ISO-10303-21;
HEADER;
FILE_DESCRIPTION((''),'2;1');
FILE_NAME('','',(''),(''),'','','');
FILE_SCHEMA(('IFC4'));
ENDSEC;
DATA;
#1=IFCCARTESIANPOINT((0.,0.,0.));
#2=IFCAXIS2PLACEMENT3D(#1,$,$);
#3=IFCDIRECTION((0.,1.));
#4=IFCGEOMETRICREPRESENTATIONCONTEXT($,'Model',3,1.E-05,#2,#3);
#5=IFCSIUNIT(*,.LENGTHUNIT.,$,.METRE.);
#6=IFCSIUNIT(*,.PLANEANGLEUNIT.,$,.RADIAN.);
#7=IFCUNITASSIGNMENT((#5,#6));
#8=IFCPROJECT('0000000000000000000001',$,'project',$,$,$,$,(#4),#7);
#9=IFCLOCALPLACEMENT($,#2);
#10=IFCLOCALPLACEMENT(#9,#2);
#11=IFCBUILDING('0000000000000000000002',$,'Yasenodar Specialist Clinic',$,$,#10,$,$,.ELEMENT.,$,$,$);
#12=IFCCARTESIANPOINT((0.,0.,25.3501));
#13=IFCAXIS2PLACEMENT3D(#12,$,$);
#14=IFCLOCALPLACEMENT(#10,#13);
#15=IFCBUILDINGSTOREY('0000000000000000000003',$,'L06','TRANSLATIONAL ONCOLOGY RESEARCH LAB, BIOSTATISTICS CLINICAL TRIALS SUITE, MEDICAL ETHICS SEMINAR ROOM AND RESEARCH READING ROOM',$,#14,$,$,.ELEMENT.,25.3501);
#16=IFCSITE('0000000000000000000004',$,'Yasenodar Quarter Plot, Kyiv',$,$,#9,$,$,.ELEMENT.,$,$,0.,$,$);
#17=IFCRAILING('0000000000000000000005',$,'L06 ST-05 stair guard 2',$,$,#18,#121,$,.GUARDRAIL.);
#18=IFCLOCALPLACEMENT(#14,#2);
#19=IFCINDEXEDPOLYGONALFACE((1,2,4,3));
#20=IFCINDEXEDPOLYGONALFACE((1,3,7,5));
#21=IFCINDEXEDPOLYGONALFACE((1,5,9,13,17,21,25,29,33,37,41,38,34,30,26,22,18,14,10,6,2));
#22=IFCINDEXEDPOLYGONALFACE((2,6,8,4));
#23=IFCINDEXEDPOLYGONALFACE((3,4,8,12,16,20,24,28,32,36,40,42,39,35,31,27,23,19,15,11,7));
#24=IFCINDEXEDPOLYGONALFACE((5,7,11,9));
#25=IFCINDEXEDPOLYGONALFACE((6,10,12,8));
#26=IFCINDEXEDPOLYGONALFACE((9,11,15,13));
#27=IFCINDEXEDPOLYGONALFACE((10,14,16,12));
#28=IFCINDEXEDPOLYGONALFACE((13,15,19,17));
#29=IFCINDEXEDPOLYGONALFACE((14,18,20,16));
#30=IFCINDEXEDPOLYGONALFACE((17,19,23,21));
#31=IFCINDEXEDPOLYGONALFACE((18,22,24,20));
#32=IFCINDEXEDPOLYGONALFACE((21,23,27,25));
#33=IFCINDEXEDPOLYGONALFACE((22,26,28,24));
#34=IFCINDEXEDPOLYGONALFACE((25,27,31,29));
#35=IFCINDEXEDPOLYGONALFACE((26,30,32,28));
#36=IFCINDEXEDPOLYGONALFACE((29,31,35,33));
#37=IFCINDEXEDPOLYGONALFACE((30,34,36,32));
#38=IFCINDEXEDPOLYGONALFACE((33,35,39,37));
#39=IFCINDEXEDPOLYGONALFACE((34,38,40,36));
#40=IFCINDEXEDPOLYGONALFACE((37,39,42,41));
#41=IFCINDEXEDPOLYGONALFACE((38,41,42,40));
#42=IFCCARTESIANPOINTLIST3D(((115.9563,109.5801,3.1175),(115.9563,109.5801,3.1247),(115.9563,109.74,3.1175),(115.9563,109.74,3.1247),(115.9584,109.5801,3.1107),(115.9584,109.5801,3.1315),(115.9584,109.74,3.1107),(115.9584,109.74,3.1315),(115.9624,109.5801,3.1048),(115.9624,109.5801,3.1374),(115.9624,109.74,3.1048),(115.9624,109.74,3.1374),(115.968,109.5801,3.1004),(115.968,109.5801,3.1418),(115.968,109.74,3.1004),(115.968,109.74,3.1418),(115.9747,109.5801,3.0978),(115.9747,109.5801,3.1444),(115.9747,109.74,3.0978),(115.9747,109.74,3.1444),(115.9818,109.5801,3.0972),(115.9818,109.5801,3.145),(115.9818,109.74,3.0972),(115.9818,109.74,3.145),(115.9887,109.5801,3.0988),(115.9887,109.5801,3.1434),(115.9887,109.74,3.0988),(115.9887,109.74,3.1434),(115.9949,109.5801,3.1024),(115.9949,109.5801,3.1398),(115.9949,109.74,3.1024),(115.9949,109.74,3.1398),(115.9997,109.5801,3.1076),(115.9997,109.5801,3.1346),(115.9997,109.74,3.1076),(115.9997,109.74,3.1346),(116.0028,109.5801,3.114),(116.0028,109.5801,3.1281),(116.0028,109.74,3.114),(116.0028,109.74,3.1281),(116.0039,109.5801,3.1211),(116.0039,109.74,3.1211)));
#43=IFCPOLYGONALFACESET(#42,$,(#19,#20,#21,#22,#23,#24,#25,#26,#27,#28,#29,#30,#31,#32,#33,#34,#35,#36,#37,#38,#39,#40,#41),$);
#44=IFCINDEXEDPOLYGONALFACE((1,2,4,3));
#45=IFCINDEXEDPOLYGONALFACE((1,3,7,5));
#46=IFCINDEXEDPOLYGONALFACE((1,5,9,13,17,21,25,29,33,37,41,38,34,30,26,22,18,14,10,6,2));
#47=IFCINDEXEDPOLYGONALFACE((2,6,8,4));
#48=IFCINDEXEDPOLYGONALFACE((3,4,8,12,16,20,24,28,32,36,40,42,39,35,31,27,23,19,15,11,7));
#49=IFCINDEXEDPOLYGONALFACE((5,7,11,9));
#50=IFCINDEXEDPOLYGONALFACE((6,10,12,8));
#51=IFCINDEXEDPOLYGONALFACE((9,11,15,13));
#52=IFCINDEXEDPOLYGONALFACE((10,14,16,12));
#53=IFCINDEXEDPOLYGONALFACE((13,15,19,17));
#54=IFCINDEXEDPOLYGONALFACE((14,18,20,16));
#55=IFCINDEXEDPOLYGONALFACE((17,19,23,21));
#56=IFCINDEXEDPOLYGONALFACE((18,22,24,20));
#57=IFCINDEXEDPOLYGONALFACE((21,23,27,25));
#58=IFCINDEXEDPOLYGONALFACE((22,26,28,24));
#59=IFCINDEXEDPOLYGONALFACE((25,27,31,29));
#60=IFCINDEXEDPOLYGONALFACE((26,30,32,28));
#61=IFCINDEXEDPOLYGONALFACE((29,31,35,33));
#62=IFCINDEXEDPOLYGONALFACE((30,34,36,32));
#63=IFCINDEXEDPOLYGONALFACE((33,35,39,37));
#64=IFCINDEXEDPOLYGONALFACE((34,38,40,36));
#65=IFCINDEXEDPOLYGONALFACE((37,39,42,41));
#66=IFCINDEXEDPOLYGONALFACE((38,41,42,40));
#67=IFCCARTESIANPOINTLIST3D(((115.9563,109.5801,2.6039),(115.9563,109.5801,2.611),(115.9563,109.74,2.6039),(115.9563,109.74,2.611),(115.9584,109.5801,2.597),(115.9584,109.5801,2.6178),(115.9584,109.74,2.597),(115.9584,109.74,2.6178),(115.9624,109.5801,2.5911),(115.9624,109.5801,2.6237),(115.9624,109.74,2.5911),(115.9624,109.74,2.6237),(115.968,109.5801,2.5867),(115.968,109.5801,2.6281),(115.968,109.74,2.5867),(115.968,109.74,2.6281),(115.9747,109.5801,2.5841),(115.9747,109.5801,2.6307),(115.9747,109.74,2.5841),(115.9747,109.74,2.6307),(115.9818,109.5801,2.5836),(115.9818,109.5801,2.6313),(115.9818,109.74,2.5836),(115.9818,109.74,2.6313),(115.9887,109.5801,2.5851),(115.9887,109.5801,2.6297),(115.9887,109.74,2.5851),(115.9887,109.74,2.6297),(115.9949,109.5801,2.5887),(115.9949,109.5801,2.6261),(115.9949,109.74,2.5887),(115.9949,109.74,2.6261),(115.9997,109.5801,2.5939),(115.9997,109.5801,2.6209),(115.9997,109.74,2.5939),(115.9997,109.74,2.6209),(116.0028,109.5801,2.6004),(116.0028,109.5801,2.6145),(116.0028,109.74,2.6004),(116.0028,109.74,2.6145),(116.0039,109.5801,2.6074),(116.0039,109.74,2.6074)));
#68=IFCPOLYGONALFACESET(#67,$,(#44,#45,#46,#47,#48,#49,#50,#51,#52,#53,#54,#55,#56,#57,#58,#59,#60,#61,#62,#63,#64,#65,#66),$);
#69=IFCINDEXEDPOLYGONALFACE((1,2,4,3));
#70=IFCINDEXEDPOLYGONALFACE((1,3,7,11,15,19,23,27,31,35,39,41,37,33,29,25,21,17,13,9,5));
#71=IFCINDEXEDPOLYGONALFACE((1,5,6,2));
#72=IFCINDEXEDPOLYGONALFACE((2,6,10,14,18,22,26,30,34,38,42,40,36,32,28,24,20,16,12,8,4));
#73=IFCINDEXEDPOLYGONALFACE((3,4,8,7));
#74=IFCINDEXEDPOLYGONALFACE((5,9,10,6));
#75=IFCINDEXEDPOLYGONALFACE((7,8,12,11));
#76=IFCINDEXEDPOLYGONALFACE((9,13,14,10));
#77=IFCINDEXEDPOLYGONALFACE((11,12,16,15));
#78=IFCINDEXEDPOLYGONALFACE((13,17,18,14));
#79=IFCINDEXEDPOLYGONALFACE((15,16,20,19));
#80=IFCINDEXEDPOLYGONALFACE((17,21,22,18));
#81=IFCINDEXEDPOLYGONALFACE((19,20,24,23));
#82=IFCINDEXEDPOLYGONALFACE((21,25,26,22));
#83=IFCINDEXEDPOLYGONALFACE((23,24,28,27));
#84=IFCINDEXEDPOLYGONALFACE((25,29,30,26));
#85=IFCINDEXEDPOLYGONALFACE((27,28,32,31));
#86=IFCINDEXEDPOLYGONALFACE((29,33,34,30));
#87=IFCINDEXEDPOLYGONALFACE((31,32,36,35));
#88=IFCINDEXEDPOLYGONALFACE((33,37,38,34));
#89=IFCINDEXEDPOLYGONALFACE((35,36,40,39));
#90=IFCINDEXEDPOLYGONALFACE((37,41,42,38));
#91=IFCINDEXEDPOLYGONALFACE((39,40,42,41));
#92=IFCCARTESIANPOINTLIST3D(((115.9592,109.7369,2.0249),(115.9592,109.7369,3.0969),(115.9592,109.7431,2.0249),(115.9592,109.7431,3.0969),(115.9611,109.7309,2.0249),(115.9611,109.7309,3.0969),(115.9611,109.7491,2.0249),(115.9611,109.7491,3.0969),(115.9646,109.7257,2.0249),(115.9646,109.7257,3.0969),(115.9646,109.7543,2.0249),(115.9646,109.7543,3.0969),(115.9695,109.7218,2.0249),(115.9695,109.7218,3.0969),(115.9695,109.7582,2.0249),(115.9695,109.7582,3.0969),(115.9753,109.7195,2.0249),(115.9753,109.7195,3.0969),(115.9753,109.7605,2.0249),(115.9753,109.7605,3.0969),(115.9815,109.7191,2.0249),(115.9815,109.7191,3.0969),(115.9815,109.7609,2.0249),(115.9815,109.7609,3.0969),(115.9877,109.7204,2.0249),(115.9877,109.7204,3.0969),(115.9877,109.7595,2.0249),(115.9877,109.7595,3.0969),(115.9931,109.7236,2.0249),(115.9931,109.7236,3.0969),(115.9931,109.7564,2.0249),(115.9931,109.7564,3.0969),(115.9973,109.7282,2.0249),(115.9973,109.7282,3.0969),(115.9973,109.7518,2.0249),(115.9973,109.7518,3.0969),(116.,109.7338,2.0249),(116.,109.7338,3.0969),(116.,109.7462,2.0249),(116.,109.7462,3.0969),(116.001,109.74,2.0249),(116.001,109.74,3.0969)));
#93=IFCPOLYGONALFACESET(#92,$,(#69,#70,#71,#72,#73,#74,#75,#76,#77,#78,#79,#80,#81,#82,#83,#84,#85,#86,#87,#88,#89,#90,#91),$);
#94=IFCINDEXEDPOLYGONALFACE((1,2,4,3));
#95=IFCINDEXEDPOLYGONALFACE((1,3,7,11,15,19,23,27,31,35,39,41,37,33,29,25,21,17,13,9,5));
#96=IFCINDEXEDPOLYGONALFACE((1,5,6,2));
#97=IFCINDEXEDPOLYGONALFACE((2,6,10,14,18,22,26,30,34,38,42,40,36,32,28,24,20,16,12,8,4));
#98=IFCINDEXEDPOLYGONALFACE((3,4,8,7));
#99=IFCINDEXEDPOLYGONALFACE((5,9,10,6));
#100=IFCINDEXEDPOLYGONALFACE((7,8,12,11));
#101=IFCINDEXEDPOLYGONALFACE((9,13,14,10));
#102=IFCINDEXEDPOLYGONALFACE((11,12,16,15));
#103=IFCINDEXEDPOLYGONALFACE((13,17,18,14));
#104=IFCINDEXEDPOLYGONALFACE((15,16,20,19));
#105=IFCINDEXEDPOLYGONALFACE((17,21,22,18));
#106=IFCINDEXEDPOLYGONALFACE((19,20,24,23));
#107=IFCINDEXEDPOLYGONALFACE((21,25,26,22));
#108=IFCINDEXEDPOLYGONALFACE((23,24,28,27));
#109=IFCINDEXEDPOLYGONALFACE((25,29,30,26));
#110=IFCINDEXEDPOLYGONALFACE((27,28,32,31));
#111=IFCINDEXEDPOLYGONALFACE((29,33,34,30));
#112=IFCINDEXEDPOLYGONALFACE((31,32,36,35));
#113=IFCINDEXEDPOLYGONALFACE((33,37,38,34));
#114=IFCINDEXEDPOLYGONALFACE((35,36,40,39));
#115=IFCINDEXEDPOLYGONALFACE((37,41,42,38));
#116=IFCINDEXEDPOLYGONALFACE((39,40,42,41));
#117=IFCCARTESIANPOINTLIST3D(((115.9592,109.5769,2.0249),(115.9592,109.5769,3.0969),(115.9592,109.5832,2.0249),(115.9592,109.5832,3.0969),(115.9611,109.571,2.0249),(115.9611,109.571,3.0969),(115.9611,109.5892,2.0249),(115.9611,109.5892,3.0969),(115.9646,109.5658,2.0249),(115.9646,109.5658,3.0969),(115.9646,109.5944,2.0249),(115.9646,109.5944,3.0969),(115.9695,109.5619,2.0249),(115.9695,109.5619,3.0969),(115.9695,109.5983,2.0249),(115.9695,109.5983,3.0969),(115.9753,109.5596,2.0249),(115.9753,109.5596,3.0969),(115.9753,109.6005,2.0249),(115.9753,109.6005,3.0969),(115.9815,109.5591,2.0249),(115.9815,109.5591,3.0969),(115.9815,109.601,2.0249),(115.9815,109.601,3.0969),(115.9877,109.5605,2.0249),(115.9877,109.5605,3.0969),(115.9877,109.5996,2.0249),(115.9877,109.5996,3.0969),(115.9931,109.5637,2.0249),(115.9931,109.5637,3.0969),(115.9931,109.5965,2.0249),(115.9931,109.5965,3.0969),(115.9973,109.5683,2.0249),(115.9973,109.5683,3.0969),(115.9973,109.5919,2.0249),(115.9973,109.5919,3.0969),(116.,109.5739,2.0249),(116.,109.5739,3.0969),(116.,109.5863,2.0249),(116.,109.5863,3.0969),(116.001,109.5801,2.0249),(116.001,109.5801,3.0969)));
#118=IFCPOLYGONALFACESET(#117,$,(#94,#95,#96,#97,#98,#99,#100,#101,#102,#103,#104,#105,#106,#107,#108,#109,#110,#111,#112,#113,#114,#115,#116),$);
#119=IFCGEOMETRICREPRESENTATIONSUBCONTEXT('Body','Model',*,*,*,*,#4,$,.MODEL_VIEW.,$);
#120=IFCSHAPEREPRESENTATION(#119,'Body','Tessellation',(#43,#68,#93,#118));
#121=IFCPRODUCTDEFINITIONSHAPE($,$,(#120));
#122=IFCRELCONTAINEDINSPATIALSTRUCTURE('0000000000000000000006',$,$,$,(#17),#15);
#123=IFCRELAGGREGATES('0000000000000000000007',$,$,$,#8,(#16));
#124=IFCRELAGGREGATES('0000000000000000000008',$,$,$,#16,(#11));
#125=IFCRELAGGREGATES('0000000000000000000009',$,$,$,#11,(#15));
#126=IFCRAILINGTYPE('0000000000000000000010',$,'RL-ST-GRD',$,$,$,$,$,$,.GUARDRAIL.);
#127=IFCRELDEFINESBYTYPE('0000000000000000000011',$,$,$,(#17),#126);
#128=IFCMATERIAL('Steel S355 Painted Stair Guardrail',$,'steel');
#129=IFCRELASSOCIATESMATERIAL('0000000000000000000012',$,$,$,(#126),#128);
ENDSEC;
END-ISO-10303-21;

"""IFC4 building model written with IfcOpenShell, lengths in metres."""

from ifc_helpers import new_model, si_unit, direction, frame, origin, origin_2d, place, context, subcontext, project, spatial, circle, extrude, material, type_object, element, save


model = new_model("IFC4")

# Units and contexts
model_context = context("Model", 3, precision=1e-05, world=origin(), true_north=direction((0.0, 1.0)))
body_context = subcontext(model_context, "Body", "Model", "MODEL_VIEW")
ifc_project = project(units=[si_unit("LENGTHUNIT", "METRE"), si_unit("PLANEANGLEUNIT", "RADIAN")], contexts=[model_context])

# Site, building, storey
site_placement = place(None, origin())
site = spatial("IfcSite", under=ifc_project, at=site_placement, Name="Yasenodar Quarter Plot, Kyiv", CompositionType="ELEMENT", RefElevation=0.0)
building_placement = place(site_placement, origin())
building = spatial("IfcBuilding", under=site, at=building_placement, Name="Yasenodar Specialist Clinic", CompositionType="ELEMENT")
storey_placement = place(building_placement, frame((0.0, 0.0, 25.3501)))
storey = spatial("IfcBuildingStorey", under=building, at=storey_placement, Name="L06", Description="TRANSLATIONAL ONCOLOGY RESEARCH LAB, BIOSTATISTICS CLINICAL TRIALS SUITE, MEDICAL ETHICS SEMINAR ROOM AND RESEARCH READING ROOM", CompositionType="ELEMENT", Elevation=25.3501)

# Railing
ifc_material_1 = material(Name="Steel S355 Painted Stair Guardrail", Category="steel")
railing_type_1 = type_object("IfcRailingType", Name="RL-ST-GRD", PredefinedType="GUARDRAIL", material=ifc_material_1)
railing_1_placement = place(storey_placement, frame((115.98, 109.74, 2.0249)))
element("IfcRailing", 1, at=railing_1_placement, inside=storey, type_object=railing_type_1, Name="L06 ST-05 stair guard 2", PredefinedType="GUARDRAIL", context=body_context, shape_type="SweptSolid", body=[
    extrude(circle(Radius=0.0239, at=origin_2d()), frame((0.0, 0.0, 1.0962), z_axis=(0.0, -1.0, 0.0), x_axis=(1.0, 0.0, 0.0)), (0.0, 0.0, 1.0), 0.1599),
    extrude(circle(Radius=0.0239, at=origin_2d()), frame((0.0, 0.0, 0.5825), z_axis=(0.0, -1.0, 0.0), x_axis=(1.0, 0.0, 0.0)), (0.0, 0.0, 1.0), 0.1599),
    extrude(circle(Radius=0.021, at=origin_2d()), origin(), (0.0, 0.0, 1.0), 1.072),
    extrude(circle(Radius=0.021, at=origin_2d()), frame((0.0, -0.1599, 0.0)), (0.0, 0.0, 1.0), 1.072),
])

save(model, "model.ifc")
